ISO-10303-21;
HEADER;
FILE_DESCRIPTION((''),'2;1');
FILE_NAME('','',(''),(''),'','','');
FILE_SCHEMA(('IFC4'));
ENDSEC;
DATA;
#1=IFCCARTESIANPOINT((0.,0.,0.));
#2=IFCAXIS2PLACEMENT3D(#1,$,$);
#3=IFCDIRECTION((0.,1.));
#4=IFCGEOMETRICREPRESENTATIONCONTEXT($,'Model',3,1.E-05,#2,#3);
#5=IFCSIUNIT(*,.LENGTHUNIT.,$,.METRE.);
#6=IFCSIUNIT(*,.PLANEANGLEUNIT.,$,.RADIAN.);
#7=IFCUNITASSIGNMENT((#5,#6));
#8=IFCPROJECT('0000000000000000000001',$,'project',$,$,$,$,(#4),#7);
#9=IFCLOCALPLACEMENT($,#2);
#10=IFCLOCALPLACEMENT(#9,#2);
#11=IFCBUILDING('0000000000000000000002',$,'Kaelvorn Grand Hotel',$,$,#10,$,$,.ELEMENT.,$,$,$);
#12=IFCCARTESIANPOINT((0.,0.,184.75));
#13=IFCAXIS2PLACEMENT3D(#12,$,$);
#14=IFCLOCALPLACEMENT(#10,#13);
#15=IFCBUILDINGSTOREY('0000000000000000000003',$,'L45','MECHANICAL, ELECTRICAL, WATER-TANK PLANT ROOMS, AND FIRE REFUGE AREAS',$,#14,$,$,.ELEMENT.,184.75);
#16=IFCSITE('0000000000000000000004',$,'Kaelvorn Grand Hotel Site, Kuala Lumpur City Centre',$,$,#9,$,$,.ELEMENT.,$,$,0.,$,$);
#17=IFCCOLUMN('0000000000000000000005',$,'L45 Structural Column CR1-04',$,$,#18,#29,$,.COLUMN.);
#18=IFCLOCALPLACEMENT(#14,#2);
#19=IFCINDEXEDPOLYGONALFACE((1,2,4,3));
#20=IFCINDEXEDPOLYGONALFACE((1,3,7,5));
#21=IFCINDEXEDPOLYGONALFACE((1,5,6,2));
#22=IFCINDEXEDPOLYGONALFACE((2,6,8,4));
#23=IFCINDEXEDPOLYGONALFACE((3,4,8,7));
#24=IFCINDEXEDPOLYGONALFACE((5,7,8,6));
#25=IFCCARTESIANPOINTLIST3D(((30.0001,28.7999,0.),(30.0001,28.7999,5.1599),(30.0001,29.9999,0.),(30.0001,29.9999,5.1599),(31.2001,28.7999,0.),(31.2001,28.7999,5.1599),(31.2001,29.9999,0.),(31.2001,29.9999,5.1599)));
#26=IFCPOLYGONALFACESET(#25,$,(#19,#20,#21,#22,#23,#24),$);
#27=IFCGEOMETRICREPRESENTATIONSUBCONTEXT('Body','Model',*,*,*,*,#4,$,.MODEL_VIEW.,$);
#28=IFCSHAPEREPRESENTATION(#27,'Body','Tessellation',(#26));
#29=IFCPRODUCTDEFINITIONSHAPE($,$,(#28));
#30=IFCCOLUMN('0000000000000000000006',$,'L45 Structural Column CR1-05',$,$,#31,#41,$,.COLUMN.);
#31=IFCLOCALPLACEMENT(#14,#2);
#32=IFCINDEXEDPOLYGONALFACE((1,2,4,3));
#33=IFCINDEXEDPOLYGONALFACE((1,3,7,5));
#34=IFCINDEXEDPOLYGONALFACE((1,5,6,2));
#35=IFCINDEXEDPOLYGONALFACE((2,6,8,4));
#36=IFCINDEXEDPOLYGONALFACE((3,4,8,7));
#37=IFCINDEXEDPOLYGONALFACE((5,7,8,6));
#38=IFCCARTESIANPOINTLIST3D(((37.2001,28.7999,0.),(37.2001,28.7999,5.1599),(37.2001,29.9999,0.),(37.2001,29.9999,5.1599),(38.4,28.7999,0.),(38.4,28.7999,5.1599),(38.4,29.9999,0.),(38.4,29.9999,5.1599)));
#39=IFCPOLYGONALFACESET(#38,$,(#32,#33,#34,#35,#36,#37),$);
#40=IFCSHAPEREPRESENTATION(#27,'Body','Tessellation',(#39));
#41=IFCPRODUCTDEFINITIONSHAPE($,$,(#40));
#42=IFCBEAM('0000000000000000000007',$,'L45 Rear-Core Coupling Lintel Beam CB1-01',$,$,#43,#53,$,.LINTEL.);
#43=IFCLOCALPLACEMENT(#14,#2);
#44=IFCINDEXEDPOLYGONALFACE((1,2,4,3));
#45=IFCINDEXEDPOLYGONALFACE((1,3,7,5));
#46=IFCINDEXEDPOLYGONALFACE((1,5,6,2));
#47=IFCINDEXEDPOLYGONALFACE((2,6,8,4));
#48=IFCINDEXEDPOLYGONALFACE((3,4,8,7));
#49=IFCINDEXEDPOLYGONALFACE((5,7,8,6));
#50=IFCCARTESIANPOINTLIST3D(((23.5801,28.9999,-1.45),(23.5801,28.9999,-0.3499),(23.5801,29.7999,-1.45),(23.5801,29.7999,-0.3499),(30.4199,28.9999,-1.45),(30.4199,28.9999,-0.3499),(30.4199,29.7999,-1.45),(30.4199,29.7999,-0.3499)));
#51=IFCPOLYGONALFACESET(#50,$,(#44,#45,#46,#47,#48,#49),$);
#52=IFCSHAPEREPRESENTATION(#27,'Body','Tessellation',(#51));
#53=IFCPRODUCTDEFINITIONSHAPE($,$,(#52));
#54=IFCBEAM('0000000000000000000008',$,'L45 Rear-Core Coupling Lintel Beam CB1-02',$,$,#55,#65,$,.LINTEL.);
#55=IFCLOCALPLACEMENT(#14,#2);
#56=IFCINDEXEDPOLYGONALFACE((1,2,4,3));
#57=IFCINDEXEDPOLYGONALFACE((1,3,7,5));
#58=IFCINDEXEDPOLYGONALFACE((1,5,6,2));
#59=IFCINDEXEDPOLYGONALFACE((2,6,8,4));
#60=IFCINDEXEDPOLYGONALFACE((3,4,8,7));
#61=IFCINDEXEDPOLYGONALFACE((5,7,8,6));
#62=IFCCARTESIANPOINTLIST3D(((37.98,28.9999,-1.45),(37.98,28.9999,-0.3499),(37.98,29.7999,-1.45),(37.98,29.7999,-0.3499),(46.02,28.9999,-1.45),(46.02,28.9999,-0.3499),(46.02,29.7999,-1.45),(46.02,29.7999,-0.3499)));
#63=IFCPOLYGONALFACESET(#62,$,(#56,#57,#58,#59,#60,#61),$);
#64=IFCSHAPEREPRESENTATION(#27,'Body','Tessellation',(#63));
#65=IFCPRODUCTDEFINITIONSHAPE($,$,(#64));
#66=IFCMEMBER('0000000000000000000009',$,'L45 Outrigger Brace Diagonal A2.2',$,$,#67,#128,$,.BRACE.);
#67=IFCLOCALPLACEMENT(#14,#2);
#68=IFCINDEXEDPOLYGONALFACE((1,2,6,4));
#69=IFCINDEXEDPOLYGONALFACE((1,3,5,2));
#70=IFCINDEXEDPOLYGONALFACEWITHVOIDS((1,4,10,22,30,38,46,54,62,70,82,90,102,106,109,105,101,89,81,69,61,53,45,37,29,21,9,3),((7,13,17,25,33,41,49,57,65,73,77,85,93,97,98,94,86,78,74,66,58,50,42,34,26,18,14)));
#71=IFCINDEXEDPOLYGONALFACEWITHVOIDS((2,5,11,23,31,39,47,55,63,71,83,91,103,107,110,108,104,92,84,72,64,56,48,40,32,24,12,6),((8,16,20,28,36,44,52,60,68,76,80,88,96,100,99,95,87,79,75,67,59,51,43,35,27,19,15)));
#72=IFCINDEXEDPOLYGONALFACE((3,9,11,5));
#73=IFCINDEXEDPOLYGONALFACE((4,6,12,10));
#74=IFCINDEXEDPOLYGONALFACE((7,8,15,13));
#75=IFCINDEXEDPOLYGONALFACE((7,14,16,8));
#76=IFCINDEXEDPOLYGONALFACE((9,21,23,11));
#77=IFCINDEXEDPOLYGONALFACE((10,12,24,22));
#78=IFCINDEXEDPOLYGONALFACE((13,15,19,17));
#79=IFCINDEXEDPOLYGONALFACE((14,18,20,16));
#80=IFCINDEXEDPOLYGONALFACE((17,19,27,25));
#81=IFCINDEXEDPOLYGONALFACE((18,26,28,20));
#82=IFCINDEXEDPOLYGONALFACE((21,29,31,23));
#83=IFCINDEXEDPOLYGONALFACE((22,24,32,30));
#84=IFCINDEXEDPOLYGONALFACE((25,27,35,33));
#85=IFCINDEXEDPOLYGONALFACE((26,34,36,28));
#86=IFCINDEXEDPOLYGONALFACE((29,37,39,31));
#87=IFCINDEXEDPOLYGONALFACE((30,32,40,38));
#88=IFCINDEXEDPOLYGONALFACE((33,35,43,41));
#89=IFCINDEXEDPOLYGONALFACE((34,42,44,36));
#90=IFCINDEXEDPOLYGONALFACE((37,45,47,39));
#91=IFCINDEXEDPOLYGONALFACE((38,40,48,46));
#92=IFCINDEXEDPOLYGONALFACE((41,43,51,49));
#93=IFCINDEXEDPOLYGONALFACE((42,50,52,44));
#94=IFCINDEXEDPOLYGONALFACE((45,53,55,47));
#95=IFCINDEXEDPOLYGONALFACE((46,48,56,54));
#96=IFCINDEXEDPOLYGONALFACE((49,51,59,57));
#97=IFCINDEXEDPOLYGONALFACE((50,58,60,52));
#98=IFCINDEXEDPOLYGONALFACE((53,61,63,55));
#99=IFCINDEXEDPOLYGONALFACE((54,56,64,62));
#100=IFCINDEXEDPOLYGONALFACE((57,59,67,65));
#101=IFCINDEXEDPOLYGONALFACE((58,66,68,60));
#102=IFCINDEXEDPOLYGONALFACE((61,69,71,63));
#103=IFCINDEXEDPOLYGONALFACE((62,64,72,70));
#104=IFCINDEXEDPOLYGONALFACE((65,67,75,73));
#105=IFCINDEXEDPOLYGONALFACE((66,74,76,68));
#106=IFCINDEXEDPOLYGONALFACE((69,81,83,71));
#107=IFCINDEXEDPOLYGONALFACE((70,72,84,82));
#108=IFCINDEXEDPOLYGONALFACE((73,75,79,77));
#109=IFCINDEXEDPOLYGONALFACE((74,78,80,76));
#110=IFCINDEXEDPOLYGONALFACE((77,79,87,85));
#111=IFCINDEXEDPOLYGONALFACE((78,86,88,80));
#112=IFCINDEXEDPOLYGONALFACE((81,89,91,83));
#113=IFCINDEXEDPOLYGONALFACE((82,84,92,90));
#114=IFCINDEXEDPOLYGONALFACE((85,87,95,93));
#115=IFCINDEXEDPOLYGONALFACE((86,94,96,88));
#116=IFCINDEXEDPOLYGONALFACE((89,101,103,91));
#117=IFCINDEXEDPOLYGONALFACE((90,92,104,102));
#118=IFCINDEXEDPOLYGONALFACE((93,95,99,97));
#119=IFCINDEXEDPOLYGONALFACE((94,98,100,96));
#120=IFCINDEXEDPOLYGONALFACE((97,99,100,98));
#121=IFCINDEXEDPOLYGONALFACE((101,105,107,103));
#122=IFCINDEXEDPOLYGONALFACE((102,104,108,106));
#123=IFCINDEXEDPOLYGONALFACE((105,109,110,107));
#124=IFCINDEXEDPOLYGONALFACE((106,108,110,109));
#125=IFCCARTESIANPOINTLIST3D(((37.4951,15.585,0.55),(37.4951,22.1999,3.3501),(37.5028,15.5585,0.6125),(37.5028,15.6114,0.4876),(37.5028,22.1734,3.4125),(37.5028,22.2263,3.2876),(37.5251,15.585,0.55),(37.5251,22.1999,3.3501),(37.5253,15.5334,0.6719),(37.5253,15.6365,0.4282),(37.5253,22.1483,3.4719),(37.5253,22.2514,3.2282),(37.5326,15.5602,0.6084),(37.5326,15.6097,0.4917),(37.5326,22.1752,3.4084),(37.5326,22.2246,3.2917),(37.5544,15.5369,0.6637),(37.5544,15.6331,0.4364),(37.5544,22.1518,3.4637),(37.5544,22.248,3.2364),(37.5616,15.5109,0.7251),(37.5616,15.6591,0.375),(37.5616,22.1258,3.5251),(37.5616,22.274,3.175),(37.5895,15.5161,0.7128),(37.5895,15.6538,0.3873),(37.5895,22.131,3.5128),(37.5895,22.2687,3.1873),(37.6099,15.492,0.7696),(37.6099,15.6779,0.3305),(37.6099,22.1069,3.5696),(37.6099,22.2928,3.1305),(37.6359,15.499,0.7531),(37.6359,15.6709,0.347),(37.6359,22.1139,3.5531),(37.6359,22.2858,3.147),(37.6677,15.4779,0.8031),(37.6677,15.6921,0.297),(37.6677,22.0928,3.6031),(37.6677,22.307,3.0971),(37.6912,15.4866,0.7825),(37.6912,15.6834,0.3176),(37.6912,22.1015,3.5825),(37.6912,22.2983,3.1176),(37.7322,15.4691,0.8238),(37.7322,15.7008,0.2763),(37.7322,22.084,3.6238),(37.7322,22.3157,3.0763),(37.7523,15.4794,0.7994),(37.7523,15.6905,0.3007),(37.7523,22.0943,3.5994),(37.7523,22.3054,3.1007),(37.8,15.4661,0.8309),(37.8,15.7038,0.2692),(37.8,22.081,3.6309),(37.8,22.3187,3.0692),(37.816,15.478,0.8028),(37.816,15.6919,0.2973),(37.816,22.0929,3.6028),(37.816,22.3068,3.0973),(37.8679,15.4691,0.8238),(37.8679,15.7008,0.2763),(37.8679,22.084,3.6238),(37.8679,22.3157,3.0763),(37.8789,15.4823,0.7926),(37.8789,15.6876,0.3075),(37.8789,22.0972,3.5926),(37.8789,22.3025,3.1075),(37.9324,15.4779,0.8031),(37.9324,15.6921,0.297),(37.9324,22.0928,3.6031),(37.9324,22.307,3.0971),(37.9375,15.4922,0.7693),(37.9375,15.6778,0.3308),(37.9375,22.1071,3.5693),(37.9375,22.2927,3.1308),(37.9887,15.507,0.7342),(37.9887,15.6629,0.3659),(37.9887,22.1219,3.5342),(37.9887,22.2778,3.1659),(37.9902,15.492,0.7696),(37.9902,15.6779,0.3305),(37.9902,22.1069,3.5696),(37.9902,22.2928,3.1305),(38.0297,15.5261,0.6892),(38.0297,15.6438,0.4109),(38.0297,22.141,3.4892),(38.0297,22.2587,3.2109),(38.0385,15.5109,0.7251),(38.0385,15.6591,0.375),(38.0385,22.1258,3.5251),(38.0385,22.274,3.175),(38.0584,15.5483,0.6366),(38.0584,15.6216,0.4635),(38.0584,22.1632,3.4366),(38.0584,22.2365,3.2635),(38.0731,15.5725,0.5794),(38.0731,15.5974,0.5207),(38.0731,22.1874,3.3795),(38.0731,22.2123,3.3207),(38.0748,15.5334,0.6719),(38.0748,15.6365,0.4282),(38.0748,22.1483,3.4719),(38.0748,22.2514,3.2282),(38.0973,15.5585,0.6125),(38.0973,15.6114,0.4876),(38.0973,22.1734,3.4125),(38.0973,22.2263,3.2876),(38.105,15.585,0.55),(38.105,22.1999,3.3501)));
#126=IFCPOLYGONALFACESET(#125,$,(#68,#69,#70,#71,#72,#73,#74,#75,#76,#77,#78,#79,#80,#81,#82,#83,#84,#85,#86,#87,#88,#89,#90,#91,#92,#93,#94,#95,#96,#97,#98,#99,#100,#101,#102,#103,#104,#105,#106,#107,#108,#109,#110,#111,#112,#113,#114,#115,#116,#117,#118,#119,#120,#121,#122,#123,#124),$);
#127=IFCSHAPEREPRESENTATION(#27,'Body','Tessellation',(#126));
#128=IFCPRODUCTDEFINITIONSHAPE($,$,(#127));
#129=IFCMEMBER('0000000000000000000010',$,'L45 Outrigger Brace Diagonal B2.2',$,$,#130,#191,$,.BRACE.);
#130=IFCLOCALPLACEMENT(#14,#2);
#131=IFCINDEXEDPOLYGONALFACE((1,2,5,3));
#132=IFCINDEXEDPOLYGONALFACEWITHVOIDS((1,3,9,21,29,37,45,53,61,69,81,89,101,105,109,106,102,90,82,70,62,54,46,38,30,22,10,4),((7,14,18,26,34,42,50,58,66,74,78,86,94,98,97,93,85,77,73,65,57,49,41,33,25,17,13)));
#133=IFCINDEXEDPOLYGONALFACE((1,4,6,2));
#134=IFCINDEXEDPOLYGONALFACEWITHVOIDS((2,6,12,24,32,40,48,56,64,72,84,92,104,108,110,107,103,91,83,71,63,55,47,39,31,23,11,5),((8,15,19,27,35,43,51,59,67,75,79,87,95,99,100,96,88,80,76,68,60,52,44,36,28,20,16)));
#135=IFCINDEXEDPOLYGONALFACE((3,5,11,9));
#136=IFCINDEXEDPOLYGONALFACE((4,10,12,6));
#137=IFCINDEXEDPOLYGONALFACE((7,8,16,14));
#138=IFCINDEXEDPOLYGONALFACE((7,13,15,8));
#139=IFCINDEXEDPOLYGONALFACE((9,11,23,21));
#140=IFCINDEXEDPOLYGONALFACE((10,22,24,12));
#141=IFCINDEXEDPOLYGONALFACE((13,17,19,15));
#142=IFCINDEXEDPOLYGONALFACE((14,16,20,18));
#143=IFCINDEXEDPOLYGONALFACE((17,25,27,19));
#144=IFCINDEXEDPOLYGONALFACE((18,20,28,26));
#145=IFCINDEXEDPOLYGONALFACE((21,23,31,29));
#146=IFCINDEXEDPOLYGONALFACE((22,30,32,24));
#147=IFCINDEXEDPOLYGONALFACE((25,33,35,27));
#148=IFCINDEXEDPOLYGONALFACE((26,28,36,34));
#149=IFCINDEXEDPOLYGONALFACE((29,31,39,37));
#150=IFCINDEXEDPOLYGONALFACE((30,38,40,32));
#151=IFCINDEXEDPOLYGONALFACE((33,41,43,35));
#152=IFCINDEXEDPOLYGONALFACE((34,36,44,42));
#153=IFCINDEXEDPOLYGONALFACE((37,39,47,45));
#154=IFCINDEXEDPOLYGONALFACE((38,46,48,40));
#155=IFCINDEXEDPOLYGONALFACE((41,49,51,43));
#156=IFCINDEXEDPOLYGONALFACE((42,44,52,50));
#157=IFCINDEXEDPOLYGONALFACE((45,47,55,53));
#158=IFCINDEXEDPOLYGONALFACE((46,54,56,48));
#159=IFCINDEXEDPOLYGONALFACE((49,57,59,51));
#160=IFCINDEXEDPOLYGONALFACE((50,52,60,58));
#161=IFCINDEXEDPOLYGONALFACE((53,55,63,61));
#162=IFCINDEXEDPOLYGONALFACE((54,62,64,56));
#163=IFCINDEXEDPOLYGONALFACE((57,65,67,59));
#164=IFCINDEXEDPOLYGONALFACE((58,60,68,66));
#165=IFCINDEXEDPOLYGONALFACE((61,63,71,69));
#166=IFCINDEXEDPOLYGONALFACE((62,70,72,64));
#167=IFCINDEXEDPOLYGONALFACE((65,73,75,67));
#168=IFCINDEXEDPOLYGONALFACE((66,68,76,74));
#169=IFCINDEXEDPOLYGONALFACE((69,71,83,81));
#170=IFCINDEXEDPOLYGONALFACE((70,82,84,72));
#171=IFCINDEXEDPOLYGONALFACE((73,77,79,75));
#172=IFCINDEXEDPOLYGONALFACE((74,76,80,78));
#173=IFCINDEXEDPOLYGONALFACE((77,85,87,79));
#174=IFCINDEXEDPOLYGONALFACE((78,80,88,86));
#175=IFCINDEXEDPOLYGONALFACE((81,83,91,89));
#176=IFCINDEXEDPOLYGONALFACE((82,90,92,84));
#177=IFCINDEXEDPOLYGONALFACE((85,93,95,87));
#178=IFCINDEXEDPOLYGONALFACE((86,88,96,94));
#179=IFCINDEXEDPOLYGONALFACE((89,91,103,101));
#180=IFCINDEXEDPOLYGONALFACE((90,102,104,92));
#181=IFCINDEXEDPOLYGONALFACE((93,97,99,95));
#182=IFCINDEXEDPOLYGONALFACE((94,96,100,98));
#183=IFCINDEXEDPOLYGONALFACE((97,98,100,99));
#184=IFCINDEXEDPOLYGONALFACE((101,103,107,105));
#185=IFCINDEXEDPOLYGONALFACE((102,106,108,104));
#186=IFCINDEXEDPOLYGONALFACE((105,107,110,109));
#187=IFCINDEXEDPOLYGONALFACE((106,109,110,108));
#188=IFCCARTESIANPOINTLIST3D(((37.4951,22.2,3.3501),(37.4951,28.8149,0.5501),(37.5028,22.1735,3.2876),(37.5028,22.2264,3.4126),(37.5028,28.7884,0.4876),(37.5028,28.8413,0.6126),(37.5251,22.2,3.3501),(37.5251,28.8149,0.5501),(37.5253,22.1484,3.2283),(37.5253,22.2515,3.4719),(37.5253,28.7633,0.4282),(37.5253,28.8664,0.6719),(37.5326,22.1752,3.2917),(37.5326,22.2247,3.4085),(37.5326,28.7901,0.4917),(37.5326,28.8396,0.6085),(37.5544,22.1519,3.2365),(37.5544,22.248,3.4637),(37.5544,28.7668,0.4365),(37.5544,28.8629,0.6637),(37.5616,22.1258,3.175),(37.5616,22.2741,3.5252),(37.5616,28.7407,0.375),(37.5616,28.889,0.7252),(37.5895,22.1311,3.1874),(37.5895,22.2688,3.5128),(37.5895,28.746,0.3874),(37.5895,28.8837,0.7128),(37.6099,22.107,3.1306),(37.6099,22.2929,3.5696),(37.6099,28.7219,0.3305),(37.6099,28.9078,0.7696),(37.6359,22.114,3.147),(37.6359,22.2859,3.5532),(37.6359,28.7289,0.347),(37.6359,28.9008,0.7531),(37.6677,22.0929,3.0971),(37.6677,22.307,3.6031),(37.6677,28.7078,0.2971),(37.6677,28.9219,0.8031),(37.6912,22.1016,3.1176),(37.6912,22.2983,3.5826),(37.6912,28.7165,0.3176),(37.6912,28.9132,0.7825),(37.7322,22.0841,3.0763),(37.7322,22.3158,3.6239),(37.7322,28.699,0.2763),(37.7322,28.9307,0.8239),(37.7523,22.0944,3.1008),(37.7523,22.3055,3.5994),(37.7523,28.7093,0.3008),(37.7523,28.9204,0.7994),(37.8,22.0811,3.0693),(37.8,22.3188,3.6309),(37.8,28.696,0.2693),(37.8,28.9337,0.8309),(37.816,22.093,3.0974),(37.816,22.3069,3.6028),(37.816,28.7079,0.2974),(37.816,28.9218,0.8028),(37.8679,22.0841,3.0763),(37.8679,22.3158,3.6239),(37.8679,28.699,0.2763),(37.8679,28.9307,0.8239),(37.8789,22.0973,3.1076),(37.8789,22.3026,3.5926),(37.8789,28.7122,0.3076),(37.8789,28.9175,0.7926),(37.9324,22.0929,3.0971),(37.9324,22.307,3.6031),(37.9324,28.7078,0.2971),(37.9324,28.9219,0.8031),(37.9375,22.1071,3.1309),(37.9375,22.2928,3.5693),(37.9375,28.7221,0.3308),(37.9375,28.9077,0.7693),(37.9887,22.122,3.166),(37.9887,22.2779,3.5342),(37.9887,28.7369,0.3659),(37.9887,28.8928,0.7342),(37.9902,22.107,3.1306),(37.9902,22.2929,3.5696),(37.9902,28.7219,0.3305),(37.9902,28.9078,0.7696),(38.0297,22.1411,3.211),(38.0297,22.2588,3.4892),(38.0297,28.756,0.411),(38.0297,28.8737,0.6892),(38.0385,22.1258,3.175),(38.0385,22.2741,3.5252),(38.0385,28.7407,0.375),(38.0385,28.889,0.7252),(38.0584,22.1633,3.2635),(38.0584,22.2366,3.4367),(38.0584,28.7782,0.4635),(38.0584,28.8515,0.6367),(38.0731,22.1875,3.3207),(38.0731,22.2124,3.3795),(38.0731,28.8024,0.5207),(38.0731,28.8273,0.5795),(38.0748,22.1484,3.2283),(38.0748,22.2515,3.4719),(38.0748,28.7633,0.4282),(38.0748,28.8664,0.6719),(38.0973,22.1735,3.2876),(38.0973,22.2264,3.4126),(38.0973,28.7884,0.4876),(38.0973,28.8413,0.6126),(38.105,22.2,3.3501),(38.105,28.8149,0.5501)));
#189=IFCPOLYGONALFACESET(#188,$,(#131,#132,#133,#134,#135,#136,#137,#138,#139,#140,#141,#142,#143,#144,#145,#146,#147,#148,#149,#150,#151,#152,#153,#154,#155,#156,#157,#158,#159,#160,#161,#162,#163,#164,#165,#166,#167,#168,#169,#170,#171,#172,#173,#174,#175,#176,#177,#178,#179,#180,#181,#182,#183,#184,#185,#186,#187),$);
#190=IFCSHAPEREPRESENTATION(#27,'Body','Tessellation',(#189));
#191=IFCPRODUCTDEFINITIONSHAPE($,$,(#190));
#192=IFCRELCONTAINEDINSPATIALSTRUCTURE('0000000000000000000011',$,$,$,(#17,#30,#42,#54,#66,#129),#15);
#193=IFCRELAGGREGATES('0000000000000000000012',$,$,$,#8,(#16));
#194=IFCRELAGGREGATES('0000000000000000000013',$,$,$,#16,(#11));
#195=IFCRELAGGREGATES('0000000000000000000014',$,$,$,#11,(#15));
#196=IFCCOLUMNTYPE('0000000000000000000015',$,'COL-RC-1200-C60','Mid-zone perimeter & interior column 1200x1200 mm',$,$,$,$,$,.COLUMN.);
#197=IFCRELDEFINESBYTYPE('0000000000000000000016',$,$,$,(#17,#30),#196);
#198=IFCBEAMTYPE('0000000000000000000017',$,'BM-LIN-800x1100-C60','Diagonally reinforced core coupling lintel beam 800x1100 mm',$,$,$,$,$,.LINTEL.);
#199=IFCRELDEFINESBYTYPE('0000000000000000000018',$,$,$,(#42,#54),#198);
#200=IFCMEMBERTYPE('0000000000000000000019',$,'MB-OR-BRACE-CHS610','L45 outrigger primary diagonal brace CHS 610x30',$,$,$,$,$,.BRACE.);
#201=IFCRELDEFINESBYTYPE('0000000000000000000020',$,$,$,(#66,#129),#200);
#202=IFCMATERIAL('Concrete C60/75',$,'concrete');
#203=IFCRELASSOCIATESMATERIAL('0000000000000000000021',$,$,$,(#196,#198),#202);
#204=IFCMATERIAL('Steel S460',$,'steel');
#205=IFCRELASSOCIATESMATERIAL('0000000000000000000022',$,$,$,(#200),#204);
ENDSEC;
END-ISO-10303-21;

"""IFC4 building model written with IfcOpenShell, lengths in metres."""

from ifc_helpers import new_model, si_unit, direction, frame, origin, origin_2d, place, context, subcontext, project, spatial, rectangle, hollow_circle, extrude, material, material_profile, profile_set, type_object, element, save


model = new_model("IFC4")

# Units and contexts
model_context = context("Model", 3, precision=1e-05, world=origin(), true_north=direction((0.0, 1.0)))
body_context = subcontext(model_context, "Body", "Model", "MODEL_VIEW")
ifc_project = project(units=[si_unit("LENGTHUNIT", "METRE"), si_unit("PLANEANGLEUNIT", "RADIAN")], contexts=[model_context])

# Site, building, storey
site_placement = place(None, origin())
site = spatial("IfcSite", under=ifc_project, at=site_placement, Name="Kaelvorn Grand Hotel Site, Kuala Lumpur City Centre", CompositionType="ELEMENT", RefElevation=0.0)
building_placement = place(site_placement, origin())
building = spatial("IfcBuilding", under=site, at=building_placement, Name="Kaelvorn Grand Hotel", CompositionType="ELEMENT")
storey_placement = place(building_placement, frame((0.0, 0.0, 184.75)))
storey = spatial("IfcBuildingStorey", under=building, at=storey_placement, Name="L45", Description="MECHANICAL, ELECTRICAL, WATER-TANK PLANT ROOMS, AND FIRE REFUGE AREAS", CompositionType="ELEMENT", Elevation=184.75)

# Columns
ifc_material_1 = material(Name="Concrete C60/75", Category="concrete")
ifc_material_profile_1 = material_profile(ifc_material_1, rectangle(XDim=1.2, YDim=1.2, at=origin_2d()), Name="RC COL 1200x1200")
ifc_profile_set_1 = profile_set([ifc_material_profile_1], Name="Concrete C60/75")
column_type = type_object("IfcColumnType", Name="COL-RC-1200-C60", Description="Mid-zone perimeter & interior column 1200x1200 mm", PredefinedType="COLUMN", material=ifc_profile_set_1)
for number, where, z_axis, x_axis, name in (
    (1, (30.6001, 29.3999, 0.0), (0.0, 0.0, 1.0), (1.0, 0.0, 0.0), "L45 Structural Column CR1-04"),
    (2, (37.8, 29.3999, 0.0), (0.0, 0.0, 1.0), (1.0, 0.0, 0.0), "L45 Structural Column CR1-05"),
):
    element("IfcColumn", number, at=place(storey_placement, frame(where, z_axis=z_axis, x_axis=x_axis)), inside=storey, type_object=column_type, Name=name, PredefinedType="COLUMN", context=body_context, shape_type="SweptSolid", body=[
        extrude(rectangle(XDim=1.2, YDim=1.2, at=origin_2d()), origin(), (0.0, 0.0, 1.0), 5.1599),
    ])

# Beams
ifc_material_profile_2 = material_profile(ifc_material_1, rectangle(XDim=0.8, YDim=1.1001, at=origin_2d()), Name="RC LINTEL 800x1100")
ifc_profile_set_2 = profile_set([ifc_material_profile_2], Name="Concrete C60/75")
beam_type = type_object("IfcBeamType", Name="BM-LIN-800x1100-C60", Description="Diagonally reinforced core coupling lintel beam 800x1100 mm", PredefinedType="LINTEL", material=ifc_profile_set_2)
beam_1_placement = place(storey_placement, frame((23.5801, 29.3999, -0.8999), z_axis=(1.0, 0.0, 0.0), x_axis=(0.0, 1.0, 0.0)))
element("IfcBeam", 3, at=beam_1_placement, inside=storey, type_object=beam_type, Name="L45 Rear-Core Coupling Lintel Beam CB1-01", PredefinedType="LINTEL", context=body_context, shape_type="SweptSolid", body=[
    extrude(rectangle(XDim=0.8, YDim=1.1001, at=origin_2d()), origin(), (0.0, 0.0, 1.0), 6.8398),
])
beam_2_placement = place(storey_placement, frame((37.98, 29.3999, -0.8999), z_axis=(1.0, 0.0, 0.0), x_axis=(0.0, 1.0, 0.0)))
element("IfcBeam", 4, at=beam_2_placement, inside=storey, type_object=beam_type, Name="L45 Rear-Core Coupling Lintel Beam CB1-02", PredefinedType="LINTEL", context=body_context, shape_type="SweptSolid", body=[
    extrude(rectangle(XDim=0.8, YDim=1.1001, at=origin_2d()), origin(), (0.0, 0.0, 1.0), 8.04),
])

# Members
ifc_material_2 = material(Name="Steel S460", Category="steel")
ifc_material_profile_3 = material_profile(ifc_material_2, hollow_circle(Radius=0.3049, WallThickness=0.03, at=origin_2d()), Name="CHS 610.0x30.0")
ifc_profile_set_3 = profile_set([ifc_material_profile_3], Name="Steel S460")
member_type = type_object("IfcMemberType", Name="MB-OR-BRACE-CHS610", Description="L45 outrigger primary diagonal brace CHS 610x30", PredefinedType="BRACE", material=ifc_profile_set_3)
for number, where, z_axis, x_axis, name in (
    (5, (37.8, 15.585, 0.55), (0.0, 0.920897, 0.389805), (-1.0, 0.0, 0.0), "L45 Outrigger Brace Diagonal A2.2"),
    (6, (37.8, 22.2, 3.3501), (0.0, 0.920897, -0.389805), (-1.0, 0.0, 0.0), "L45 Outrigger Brace Diagonal B2.2"),
):
    element("IfcMember", number, at=place(storey_placement, frame(where, z_axis=z_axis, x_axis=x_axis)), inside=storey, type_object=member_type, Name=name, PredefinedType="BRACE", context=body_context, shape_type="SweptSolid", body=[
        extrude(hollow_circle(Radius=0.3049, WallThickness=0.03, at=origin_2d()), origin(), (0.0, 0.0, 1.0), 7.1831),
    ])

save(model, "model.ifc")
